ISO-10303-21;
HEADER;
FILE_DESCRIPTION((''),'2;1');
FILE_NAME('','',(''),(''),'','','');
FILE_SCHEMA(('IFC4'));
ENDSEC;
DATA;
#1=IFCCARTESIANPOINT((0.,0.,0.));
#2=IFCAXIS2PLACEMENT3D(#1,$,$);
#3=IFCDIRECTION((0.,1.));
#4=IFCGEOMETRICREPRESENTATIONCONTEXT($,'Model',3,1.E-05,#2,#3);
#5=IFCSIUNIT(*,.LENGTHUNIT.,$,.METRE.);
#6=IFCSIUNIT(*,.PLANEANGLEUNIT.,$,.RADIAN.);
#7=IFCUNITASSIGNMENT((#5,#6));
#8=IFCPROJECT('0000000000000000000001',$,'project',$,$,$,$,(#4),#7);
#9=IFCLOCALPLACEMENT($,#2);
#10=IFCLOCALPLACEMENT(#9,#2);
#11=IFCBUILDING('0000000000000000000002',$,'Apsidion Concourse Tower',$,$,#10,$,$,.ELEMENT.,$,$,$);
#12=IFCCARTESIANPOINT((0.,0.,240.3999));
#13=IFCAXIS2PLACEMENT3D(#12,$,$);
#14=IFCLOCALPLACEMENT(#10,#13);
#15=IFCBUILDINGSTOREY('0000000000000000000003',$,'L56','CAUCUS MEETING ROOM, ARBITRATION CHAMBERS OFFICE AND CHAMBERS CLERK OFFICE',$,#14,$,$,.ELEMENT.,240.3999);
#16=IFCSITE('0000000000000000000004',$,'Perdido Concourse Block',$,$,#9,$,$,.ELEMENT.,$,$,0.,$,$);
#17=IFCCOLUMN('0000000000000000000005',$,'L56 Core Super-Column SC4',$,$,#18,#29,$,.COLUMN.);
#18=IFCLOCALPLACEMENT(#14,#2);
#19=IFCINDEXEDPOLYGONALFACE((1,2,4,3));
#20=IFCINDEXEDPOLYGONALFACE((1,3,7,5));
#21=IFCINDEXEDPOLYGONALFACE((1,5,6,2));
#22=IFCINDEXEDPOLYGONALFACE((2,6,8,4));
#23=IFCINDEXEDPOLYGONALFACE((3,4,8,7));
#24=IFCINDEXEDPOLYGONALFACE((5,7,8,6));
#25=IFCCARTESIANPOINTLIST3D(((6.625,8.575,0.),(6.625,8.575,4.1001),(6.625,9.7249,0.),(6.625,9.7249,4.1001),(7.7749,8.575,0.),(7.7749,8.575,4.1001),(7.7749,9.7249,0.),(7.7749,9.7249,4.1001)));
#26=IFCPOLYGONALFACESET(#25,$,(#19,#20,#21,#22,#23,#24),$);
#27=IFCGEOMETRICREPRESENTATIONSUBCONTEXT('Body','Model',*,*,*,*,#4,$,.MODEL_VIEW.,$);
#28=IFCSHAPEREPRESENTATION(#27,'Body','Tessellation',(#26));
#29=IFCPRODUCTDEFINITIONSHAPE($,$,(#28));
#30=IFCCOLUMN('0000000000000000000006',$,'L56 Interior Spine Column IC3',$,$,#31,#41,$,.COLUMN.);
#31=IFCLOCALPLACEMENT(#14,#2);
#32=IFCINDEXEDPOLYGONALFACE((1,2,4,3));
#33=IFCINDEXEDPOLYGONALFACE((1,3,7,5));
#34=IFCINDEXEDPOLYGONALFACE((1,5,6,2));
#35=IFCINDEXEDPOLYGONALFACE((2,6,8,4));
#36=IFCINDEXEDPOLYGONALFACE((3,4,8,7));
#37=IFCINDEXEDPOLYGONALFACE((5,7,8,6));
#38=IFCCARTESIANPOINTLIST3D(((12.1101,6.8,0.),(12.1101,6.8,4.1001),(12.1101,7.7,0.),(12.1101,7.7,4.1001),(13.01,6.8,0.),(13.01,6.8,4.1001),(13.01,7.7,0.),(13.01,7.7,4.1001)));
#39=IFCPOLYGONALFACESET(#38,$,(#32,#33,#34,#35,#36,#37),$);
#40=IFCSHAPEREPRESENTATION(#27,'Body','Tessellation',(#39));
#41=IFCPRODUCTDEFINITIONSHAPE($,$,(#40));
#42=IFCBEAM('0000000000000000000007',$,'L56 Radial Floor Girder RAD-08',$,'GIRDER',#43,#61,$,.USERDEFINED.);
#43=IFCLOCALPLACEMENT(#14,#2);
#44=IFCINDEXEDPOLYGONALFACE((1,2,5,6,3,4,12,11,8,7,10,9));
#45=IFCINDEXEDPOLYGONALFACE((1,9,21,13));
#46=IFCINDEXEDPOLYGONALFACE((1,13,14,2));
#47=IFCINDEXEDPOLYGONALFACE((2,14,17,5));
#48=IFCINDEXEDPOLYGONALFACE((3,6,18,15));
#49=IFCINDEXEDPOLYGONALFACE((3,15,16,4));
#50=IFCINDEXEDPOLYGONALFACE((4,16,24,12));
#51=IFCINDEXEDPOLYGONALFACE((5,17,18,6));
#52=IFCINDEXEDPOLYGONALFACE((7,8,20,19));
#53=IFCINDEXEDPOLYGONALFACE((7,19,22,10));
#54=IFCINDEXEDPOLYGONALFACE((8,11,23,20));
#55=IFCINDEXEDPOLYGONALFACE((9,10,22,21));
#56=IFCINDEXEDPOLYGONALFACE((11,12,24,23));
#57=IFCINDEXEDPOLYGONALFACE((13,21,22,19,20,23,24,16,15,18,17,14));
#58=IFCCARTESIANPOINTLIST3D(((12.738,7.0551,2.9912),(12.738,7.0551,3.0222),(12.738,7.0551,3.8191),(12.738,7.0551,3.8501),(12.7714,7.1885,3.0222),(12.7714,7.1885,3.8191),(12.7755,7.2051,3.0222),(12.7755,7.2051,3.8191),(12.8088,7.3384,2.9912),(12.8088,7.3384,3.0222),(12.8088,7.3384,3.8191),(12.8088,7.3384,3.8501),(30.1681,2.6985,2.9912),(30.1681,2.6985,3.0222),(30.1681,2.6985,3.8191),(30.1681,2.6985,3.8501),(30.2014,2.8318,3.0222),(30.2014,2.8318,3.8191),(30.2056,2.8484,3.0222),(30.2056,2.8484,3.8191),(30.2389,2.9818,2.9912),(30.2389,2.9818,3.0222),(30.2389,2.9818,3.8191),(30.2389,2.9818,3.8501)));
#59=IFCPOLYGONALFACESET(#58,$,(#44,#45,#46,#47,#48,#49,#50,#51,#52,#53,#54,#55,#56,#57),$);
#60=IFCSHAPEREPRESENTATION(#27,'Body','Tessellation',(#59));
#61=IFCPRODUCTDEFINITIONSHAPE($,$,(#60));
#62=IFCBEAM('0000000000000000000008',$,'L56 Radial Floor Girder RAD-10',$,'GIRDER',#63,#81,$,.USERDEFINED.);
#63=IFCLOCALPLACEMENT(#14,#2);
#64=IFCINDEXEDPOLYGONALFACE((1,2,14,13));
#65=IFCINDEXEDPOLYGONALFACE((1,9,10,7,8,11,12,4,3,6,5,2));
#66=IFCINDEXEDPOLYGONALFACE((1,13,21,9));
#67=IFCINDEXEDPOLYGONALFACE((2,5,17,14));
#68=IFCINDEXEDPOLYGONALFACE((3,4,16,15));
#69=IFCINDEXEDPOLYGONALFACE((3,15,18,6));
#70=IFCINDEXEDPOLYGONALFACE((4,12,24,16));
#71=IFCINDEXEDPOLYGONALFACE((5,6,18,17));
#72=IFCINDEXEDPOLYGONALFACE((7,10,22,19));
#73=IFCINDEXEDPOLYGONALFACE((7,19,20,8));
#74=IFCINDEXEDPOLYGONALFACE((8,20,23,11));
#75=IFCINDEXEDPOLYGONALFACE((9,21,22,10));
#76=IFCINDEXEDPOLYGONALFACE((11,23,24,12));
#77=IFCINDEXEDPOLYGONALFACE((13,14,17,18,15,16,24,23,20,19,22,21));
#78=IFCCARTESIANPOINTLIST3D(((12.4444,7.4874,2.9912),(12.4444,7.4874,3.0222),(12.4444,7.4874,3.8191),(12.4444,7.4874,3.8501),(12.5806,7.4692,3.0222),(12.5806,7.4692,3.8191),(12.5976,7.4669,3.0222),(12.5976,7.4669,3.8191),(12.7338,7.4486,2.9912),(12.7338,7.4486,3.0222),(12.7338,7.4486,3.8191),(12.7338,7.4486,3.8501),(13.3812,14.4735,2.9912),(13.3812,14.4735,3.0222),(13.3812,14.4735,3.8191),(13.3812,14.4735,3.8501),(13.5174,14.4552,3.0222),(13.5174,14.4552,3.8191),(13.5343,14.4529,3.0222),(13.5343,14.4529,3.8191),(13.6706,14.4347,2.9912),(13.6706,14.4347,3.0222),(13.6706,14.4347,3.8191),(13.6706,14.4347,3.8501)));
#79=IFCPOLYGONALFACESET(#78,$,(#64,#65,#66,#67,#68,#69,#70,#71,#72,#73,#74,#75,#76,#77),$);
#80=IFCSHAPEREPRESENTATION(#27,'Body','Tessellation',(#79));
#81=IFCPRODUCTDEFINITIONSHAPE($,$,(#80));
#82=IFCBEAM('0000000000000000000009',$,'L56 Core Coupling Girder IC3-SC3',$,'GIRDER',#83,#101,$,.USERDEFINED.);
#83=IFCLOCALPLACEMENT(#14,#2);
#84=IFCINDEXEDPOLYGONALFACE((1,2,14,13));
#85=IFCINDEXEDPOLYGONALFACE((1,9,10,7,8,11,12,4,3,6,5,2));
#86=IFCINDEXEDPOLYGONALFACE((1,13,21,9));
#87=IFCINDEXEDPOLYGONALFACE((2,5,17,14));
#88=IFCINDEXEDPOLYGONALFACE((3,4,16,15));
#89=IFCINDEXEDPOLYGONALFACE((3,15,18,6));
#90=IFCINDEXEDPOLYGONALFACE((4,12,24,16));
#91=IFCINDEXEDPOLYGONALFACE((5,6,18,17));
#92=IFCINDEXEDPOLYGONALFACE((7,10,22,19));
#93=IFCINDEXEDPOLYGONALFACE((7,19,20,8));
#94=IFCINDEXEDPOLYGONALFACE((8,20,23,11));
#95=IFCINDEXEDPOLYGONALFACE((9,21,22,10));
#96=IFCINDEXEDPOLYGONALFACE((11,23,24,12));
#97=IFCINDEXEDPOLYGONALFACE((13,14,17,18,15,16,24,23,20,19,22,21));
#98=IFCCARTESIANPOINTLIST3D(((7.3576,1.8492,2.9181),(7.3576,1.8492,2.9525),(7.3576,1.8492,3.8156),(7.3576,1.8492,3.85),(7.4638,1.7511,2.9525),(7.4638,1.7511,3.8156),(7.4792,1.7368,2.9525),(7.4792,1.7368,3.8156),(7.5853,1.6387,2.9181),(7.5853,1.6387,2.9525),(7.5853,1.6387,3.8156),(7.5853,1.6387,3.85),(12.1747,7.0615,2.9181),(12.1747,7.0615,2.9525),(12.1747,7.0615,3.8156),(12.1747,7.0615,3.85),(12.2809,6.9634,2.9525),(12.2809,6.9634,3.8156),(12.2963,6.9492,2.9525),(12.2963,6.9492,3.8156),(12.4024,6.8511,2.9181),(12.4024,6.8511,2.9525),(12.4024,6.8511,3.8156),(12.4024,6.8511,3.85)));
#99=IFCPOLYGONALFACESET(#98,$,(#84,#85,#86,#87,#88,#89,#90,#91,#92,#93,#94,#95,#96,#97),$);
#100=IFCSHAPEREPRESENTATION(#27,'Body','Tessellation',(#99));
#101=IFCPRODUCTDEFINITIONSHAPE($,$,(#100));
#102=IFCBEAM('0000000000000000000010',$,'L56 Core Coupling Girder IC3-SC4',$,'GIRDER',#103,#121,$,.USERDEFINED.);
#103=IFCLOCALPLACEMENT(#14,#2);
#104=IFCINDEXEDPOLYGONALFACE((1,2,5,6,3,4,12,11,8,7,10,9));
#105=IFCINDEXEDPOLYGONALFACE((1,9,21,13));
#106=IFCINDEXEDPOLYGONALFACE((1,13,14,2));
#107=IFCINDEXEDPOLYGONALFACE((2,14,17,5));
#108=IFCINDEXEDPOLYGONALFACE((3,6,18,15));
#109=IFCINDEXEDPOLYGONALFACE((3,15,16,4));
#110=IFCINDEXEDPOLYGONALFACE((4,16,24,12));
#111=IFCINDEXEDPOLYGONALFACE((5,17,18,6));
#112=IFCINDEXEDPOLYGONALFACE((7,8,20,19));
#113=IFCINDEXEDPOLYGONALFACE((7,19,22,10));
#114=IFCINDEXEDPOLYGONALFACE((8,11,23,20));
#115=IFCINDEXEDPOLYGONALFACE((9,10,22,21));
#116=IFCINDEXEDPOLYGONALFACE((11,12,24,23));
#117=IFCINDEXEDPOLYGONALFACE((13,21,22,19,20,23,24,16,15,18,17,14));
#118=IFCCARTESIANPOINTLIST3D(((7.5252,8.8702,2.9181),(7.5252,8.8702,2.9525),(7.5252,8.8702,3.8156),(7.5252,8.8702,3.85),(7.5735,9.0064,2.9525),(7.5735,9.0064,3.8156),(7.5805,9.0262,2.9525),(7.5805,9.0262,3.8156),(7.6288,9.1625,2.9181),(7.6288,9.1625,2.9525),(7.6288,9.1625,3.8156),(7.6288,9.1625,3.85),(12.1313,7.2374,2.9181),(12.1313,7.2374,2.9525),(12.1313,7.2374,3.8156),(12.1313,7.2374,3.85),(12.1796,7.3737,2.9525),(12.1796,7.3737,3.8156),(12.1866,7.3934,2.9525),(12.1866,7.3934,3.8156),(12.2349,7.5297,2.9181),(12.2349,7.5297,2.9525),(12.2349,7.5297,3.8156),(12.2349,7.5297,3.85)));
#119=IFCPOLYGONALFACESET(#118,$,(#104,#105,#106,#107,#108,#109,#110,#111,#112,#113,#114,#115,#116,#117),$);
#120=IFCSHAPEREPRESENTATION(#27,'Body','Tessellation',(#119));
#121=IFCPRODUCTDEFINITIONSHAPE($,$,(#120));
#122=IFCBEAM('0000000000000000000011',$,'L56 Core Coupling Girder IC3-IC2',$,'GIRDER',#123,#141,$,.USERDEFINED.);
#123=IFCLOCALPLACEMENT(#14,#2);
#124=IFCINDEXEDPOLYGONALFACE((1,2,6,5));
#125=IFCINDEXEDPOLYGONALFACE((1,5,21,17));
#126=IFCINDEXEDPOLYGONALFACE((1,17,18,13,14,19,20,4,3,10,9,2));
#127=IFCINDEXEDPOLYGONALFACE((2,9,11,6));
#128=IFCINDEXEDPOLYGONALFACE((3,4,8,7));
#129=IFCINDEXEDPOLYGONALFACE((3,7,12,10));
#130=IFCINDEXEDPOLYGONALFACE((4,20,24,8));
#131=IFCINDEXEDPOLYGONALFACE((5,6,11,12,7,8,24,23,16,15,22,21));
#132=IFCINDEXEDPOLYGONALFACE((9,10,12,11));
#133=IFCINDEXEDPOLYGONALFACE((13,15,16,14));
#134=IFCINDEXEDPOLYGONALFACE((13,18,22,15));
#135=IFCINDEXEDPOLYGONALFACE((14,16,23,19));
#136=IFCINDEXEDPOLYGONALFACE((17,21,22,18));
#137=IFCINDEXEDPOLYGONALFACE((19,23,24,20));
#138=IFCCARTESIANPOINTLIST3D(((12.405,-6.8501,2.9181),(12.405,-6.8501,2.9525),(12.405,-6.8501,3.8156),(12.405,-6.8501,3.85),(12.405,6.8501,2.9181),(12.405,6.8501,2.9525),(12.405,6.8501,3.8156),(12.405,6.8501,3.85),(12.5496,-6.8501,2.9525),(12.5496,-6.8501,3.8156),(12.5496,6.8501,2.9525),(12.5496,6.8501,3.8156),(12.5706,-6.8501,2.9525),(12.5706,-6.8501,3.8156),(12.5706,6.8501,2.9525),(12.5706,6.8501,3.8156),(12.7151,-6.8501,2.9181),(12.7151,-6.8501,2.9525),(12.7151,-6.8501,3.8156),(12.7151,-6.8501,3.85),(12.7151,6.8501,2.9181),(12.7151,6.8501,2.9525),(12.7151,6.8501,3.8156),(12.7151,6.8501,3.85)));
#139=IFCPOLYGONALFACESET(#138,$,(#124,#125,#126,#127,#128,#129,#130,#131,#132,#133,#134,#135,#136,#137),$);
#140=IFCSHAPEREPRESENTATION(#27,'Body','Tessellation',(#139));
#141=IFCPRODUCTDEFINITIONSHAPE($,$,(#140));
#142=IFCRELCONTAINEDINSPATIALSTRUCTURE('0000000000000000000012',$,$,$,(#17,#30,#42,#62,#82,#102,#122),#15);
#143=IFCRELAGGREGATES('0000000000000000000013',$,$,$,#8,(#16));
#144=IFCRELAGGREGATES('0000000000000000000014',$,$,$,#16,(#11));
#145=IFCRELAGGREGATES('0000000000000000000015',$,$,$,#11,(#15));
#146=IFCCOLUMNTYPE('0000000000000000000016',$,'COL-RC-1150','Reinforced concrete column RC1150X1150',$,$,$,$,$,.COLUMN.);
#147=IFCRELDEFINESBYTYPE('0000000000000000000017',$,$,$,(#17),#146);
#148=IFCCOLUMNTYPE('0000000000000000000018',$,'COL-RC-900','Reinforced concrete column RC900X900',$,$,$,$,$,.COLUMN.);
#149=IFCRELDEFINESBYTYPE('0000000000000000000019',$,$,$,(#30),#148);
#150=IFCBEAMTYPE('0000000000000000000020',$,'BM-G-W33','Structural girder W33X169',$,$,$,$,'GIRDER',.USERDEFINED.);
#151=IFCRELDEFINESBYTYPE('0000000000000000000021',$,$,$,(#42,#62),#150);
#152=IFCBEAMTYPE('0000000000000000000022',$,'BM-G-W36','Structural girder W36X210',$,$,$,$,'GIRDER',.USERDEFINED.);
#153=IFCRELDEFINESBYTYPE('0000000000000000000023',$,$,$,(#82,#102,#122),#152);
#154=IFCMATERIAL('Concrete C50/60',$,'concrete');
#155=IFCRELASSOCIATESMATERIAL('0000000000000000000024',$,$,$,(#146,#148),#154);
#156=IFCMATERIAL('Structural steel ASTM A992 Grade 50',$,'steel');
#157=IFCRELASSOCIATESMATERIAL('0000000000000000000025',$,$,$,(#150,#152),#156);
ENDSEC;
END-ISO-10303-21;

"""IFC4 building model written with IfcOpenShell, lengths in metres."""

from ifc_helpers import new_model, si_unit, direction, frame, origin, origin_2d, place, context, subcontext, project, spatial, rectangle, i_section, extrude, material, material_profile, profile_set, type_object, element, save


model = new_model("IFC4")

# Units and contexts
model_context = context("Model", 3, precision=1e-05, world=origin(), true_north=direction((0.0, 1.0)))
body_context = subcontext(model_context, "Body", "Model", "MODEL_VIEW")
ifc_project = project(units=[si_unit("LENGTHUNIT", "METRE"), si_unit("PLANEANGLEUNIT", "RADIAN")], contexts=[model_context])

# Site, building, storey
site_placement = place(None, origin())
site = spatial("IfcSite", under=ifc_project, at=site_placement, Name="Perdido Concourse Block", CompositionType="ELEMENT", RefElevation=0.0)
building_placement = place(site_placement, origin())
building = spatial("IfcBuilding", under=site, at=building_placement, Name="Apsidion Concourse Tower", CompositionType="ELEMENT")
storey_placement = place(building_placement, frame((0.0, 0.0, 240.3999)))
storey = spatial("IfcBuildingStorey", under=building, at=storey_placement, Name="L56", Description="CAUCUS MEETING ROOM, ARBITRATION CHAMBERS OFFICE AND CHAMBERS CLERK OFFICE", CompositionType="ELEMENT", Elevation=240.3999)

# Columns
ifc_material_1 = material(Name="Concrete C50/60", Category="concrete")
ifc_material_profile_1 = material_profile(ifc_material_1, rectangle(XDim=1.1499, YDim=1.1499, at=origin_2d()), Name="RC 1150x1150")
ifc_profile_set_1 = profile_set([ifc_material_profile_1], Name="Concrete C50/60")
column_type_1 = type_object("IfcColumnType", Name="COL-RC-1150", Description="Reinforced concrete column RC1150X1150", PredefinedType="COLUMN", material=ifc_profile_set_1)
column_1_placement = place(storey_placement, frame((7.2, 9.1499, 0.0), z_axis=(0.0, 0.0, 1.0), x_axis=(1.0, 0.0, 0.0)))
element("IfcColumn", 1, at=column_1_placement, inside=storey, type_object=column_type_1, Name="L56 Core Super-Column SC4", PredefinedType="COLUMN", context=body_context, shape_type="SweptSolid", body=[
    extrude(rectangle(XDim=1.1499, YDim=1.1499, at=origin_2d()), origin(), (0.0, 0.0, 1.0), 4.1001),
])
ifc_material_profile_2 = material_profile(ifc_material_1, rectangle(XDim=0.8999, YDim=0.8999, at=origin_2d()), Name="RC 900x900")
ifc_profile_set_2 = profile_set([ifc_material_profile_2], Name="Concrete C50/60")
column_type_2 = type_object("IfcColumnType", Name="COL-RC-900", Description="Reinforced concrete column RC900X900", PredefinedType="COLUMN", material=ifc_profile_set_2)
column_2_placement = place(storey_placement, frame((12.5601, 7.25, 0.0), z_axis=(0.0, 0.0, 1.0), x_axis=(1.0, 0.0, 0.0)))
element("IfcColumn", 2, at=column_2_placement, inside=storey, type_object=column_type_2, Name="L56 Interior Spine Column IC3", PredefinedType="COLUMN", context=body_context, shape_type="SweptSolid", body=[
    extrude(rectangle(XDim=0.8999, YDim=0.8999, at=origin_2d()), origin(), (0.0, 0.0, 1.0), 4.1001),
])

# Beams
ifc_material_2 = material(Name="Structural steel ASTM A992 Grade 50", Category="steel")
ifc_material_profile_3 = material_profile(ifc_material_2, i_section(OverallWidth=0.292, OverallDepth=0.8589, WebThickness=0.0171, FlangeThickness=0.031, at=origin_2d()), Name="W33X169")
ifc_profile_set_3 = profile_set([ifc_material_profile_3], Name="Structural steel ASTM A992 Grade 50")
beam_type_1 = type_object("IfcBeamType", Name="BM-G-W33", Description="Structural girder W33X169", ElementType="GIRDER", PredefinedType="USERDEFINED", material=ifc_profile_set_3)
beam_1_placement = place(storey_placement, frame((12.7734, 7.1968, 3.4207), z_axis=(0.970154, -0.242491, 0.0), x_axis=(0.242491, 0.970154, 0.0)))
element("IfcBeam", 3, at=beam_1_placement, inside=storey, type_object=beam_type_1, Name="L56 Radial Floor Girder RAD-08", ObjectType="GIRDER", PredefinedType="USERDEFINED", context=body_context, shape_type="SweptSolid", body=[
    extrude(i_section(OverallWidth=0.292, OverallDepth=0.8589, WebThickness=0.0171, FlangeThickness=0.031, at=origin_2d()), origin(), (0.0, 0.0, 1.0), 17.9663),
])
beam_2_placement = place(storey_placement, frame((12.5891, 7.468, 3.4207), z_axis=(0.132901, 0.991129, 0.0), x_axis=(-0.991129, 0.132901, 0.0)))
element("IfcBeam", 4, at=beam_2_placement, inside=storey, type_object=beam_type_1, Name="L56 Radial Floor Girder RAD-10", ObjectType="GIRDER", PredefinedType="USERDEFINED", context=body_context, shape_type="SweptSolid", body=[
    extrude(i_section(OverallWidth=0.292, OverallDepth=0.8589, WebThickness=0.0171, FlangeThickness=0.031, at=origin_2d()), origin(), (0.0, 0.0, 1.0), 7.0486),
])
ifc_material_profile_4 = material_profile(ifc_material_2, i_section(OverallWidth=0.3101, OverallDepth=0.9319, WebThickness=0.021, FlangeThickness=0.0344, at=origin_2d()), Name="W36X210")
ifc_profile_set_4 = profile_set([ifc_material_profile_4], Name="Structural steel ASTM A992 Grade 50")
beam_type_2 = type_object("IfcBeamType", Name="BM-G-W36", Description="Structural girder W36X210", ElementType="GIRDER", PredefinedType="USERDEFINED", material=ifc_profile_set_4)
beam_3_placement = place(storey_placement, frame((12.2886, 6.9563, 3.384), z_axis=(-0.678713, -0.734404, 0.0), x_axis=(0.734404, -0.678713, 0.0)))
element("IfcBeam", 5, at=beam_3_placement, inside=storey, type_object=beam_type_2, Name="L56 Core Coupling Girder IC3-SC3", ObjectType="GIRDER", PredefinedType="USERDEFINED", context=body_context, shape_type="SweptSolid", body=[
    extrude(i_section(OverallWidth=0.3101, OverallDepth=0.9319, WebThickness=0.021, FlangeThickness=0.0344, at=origin_2d()), origin(), (0.0, 0.0, 1.0), 7.0974),
])
beam_4_placement = place(storey_placement, frame((12.1831, 7.3835, 3.384), z_axis=(-0.942534, 0.334111, 0.0), x_axis=(-0.334111, -0.942534, 0.0)))
element("IfcBeam", 6, at=beam_4_placement, inside=storey, type_object=beam_type_2, Name="L56 Core Coupling Girder IC3-SC4", ObjectType="GIRDER", PredefinedType="USERDEFINED", context=body_context, shape_type="SweptSolid", body=[
    extrude(i_section(OverallWidth=0.3101, OverallDepth=0.9319, WebThickness=0.021, FlangeThickness=0.0344, at=origin_2d()), origin(), (0.0, 0.0, 1.0), 4.887),
])
beam_5_placement = place(storey_placement, frame((12.5601, 6.8501, 3.384), z_axis=(0.0, -1.0, 0.0), x_axis=(1.0, 0.0, 0.0)))
element("IfcBeam", 7, at=beam_5_placement, inside=storey, type_object=beam_type_2, Name="L56 Core Coupling Girder IC3-IC2", ObjectType="GIRDER", PredefinedType="USERDEFINED", context=body_context, shape_type="SweptSolid", body=[
    extrude(i_section(OverallWidth=0.3101, OverallDepth=0.9319, WebThickness=0.021, FlangeThickness=0.0344, at=origin_2d()), origin(), (0.0, 0.0, 1.0), 13.7002),
])

save(model, "model.ifc")
